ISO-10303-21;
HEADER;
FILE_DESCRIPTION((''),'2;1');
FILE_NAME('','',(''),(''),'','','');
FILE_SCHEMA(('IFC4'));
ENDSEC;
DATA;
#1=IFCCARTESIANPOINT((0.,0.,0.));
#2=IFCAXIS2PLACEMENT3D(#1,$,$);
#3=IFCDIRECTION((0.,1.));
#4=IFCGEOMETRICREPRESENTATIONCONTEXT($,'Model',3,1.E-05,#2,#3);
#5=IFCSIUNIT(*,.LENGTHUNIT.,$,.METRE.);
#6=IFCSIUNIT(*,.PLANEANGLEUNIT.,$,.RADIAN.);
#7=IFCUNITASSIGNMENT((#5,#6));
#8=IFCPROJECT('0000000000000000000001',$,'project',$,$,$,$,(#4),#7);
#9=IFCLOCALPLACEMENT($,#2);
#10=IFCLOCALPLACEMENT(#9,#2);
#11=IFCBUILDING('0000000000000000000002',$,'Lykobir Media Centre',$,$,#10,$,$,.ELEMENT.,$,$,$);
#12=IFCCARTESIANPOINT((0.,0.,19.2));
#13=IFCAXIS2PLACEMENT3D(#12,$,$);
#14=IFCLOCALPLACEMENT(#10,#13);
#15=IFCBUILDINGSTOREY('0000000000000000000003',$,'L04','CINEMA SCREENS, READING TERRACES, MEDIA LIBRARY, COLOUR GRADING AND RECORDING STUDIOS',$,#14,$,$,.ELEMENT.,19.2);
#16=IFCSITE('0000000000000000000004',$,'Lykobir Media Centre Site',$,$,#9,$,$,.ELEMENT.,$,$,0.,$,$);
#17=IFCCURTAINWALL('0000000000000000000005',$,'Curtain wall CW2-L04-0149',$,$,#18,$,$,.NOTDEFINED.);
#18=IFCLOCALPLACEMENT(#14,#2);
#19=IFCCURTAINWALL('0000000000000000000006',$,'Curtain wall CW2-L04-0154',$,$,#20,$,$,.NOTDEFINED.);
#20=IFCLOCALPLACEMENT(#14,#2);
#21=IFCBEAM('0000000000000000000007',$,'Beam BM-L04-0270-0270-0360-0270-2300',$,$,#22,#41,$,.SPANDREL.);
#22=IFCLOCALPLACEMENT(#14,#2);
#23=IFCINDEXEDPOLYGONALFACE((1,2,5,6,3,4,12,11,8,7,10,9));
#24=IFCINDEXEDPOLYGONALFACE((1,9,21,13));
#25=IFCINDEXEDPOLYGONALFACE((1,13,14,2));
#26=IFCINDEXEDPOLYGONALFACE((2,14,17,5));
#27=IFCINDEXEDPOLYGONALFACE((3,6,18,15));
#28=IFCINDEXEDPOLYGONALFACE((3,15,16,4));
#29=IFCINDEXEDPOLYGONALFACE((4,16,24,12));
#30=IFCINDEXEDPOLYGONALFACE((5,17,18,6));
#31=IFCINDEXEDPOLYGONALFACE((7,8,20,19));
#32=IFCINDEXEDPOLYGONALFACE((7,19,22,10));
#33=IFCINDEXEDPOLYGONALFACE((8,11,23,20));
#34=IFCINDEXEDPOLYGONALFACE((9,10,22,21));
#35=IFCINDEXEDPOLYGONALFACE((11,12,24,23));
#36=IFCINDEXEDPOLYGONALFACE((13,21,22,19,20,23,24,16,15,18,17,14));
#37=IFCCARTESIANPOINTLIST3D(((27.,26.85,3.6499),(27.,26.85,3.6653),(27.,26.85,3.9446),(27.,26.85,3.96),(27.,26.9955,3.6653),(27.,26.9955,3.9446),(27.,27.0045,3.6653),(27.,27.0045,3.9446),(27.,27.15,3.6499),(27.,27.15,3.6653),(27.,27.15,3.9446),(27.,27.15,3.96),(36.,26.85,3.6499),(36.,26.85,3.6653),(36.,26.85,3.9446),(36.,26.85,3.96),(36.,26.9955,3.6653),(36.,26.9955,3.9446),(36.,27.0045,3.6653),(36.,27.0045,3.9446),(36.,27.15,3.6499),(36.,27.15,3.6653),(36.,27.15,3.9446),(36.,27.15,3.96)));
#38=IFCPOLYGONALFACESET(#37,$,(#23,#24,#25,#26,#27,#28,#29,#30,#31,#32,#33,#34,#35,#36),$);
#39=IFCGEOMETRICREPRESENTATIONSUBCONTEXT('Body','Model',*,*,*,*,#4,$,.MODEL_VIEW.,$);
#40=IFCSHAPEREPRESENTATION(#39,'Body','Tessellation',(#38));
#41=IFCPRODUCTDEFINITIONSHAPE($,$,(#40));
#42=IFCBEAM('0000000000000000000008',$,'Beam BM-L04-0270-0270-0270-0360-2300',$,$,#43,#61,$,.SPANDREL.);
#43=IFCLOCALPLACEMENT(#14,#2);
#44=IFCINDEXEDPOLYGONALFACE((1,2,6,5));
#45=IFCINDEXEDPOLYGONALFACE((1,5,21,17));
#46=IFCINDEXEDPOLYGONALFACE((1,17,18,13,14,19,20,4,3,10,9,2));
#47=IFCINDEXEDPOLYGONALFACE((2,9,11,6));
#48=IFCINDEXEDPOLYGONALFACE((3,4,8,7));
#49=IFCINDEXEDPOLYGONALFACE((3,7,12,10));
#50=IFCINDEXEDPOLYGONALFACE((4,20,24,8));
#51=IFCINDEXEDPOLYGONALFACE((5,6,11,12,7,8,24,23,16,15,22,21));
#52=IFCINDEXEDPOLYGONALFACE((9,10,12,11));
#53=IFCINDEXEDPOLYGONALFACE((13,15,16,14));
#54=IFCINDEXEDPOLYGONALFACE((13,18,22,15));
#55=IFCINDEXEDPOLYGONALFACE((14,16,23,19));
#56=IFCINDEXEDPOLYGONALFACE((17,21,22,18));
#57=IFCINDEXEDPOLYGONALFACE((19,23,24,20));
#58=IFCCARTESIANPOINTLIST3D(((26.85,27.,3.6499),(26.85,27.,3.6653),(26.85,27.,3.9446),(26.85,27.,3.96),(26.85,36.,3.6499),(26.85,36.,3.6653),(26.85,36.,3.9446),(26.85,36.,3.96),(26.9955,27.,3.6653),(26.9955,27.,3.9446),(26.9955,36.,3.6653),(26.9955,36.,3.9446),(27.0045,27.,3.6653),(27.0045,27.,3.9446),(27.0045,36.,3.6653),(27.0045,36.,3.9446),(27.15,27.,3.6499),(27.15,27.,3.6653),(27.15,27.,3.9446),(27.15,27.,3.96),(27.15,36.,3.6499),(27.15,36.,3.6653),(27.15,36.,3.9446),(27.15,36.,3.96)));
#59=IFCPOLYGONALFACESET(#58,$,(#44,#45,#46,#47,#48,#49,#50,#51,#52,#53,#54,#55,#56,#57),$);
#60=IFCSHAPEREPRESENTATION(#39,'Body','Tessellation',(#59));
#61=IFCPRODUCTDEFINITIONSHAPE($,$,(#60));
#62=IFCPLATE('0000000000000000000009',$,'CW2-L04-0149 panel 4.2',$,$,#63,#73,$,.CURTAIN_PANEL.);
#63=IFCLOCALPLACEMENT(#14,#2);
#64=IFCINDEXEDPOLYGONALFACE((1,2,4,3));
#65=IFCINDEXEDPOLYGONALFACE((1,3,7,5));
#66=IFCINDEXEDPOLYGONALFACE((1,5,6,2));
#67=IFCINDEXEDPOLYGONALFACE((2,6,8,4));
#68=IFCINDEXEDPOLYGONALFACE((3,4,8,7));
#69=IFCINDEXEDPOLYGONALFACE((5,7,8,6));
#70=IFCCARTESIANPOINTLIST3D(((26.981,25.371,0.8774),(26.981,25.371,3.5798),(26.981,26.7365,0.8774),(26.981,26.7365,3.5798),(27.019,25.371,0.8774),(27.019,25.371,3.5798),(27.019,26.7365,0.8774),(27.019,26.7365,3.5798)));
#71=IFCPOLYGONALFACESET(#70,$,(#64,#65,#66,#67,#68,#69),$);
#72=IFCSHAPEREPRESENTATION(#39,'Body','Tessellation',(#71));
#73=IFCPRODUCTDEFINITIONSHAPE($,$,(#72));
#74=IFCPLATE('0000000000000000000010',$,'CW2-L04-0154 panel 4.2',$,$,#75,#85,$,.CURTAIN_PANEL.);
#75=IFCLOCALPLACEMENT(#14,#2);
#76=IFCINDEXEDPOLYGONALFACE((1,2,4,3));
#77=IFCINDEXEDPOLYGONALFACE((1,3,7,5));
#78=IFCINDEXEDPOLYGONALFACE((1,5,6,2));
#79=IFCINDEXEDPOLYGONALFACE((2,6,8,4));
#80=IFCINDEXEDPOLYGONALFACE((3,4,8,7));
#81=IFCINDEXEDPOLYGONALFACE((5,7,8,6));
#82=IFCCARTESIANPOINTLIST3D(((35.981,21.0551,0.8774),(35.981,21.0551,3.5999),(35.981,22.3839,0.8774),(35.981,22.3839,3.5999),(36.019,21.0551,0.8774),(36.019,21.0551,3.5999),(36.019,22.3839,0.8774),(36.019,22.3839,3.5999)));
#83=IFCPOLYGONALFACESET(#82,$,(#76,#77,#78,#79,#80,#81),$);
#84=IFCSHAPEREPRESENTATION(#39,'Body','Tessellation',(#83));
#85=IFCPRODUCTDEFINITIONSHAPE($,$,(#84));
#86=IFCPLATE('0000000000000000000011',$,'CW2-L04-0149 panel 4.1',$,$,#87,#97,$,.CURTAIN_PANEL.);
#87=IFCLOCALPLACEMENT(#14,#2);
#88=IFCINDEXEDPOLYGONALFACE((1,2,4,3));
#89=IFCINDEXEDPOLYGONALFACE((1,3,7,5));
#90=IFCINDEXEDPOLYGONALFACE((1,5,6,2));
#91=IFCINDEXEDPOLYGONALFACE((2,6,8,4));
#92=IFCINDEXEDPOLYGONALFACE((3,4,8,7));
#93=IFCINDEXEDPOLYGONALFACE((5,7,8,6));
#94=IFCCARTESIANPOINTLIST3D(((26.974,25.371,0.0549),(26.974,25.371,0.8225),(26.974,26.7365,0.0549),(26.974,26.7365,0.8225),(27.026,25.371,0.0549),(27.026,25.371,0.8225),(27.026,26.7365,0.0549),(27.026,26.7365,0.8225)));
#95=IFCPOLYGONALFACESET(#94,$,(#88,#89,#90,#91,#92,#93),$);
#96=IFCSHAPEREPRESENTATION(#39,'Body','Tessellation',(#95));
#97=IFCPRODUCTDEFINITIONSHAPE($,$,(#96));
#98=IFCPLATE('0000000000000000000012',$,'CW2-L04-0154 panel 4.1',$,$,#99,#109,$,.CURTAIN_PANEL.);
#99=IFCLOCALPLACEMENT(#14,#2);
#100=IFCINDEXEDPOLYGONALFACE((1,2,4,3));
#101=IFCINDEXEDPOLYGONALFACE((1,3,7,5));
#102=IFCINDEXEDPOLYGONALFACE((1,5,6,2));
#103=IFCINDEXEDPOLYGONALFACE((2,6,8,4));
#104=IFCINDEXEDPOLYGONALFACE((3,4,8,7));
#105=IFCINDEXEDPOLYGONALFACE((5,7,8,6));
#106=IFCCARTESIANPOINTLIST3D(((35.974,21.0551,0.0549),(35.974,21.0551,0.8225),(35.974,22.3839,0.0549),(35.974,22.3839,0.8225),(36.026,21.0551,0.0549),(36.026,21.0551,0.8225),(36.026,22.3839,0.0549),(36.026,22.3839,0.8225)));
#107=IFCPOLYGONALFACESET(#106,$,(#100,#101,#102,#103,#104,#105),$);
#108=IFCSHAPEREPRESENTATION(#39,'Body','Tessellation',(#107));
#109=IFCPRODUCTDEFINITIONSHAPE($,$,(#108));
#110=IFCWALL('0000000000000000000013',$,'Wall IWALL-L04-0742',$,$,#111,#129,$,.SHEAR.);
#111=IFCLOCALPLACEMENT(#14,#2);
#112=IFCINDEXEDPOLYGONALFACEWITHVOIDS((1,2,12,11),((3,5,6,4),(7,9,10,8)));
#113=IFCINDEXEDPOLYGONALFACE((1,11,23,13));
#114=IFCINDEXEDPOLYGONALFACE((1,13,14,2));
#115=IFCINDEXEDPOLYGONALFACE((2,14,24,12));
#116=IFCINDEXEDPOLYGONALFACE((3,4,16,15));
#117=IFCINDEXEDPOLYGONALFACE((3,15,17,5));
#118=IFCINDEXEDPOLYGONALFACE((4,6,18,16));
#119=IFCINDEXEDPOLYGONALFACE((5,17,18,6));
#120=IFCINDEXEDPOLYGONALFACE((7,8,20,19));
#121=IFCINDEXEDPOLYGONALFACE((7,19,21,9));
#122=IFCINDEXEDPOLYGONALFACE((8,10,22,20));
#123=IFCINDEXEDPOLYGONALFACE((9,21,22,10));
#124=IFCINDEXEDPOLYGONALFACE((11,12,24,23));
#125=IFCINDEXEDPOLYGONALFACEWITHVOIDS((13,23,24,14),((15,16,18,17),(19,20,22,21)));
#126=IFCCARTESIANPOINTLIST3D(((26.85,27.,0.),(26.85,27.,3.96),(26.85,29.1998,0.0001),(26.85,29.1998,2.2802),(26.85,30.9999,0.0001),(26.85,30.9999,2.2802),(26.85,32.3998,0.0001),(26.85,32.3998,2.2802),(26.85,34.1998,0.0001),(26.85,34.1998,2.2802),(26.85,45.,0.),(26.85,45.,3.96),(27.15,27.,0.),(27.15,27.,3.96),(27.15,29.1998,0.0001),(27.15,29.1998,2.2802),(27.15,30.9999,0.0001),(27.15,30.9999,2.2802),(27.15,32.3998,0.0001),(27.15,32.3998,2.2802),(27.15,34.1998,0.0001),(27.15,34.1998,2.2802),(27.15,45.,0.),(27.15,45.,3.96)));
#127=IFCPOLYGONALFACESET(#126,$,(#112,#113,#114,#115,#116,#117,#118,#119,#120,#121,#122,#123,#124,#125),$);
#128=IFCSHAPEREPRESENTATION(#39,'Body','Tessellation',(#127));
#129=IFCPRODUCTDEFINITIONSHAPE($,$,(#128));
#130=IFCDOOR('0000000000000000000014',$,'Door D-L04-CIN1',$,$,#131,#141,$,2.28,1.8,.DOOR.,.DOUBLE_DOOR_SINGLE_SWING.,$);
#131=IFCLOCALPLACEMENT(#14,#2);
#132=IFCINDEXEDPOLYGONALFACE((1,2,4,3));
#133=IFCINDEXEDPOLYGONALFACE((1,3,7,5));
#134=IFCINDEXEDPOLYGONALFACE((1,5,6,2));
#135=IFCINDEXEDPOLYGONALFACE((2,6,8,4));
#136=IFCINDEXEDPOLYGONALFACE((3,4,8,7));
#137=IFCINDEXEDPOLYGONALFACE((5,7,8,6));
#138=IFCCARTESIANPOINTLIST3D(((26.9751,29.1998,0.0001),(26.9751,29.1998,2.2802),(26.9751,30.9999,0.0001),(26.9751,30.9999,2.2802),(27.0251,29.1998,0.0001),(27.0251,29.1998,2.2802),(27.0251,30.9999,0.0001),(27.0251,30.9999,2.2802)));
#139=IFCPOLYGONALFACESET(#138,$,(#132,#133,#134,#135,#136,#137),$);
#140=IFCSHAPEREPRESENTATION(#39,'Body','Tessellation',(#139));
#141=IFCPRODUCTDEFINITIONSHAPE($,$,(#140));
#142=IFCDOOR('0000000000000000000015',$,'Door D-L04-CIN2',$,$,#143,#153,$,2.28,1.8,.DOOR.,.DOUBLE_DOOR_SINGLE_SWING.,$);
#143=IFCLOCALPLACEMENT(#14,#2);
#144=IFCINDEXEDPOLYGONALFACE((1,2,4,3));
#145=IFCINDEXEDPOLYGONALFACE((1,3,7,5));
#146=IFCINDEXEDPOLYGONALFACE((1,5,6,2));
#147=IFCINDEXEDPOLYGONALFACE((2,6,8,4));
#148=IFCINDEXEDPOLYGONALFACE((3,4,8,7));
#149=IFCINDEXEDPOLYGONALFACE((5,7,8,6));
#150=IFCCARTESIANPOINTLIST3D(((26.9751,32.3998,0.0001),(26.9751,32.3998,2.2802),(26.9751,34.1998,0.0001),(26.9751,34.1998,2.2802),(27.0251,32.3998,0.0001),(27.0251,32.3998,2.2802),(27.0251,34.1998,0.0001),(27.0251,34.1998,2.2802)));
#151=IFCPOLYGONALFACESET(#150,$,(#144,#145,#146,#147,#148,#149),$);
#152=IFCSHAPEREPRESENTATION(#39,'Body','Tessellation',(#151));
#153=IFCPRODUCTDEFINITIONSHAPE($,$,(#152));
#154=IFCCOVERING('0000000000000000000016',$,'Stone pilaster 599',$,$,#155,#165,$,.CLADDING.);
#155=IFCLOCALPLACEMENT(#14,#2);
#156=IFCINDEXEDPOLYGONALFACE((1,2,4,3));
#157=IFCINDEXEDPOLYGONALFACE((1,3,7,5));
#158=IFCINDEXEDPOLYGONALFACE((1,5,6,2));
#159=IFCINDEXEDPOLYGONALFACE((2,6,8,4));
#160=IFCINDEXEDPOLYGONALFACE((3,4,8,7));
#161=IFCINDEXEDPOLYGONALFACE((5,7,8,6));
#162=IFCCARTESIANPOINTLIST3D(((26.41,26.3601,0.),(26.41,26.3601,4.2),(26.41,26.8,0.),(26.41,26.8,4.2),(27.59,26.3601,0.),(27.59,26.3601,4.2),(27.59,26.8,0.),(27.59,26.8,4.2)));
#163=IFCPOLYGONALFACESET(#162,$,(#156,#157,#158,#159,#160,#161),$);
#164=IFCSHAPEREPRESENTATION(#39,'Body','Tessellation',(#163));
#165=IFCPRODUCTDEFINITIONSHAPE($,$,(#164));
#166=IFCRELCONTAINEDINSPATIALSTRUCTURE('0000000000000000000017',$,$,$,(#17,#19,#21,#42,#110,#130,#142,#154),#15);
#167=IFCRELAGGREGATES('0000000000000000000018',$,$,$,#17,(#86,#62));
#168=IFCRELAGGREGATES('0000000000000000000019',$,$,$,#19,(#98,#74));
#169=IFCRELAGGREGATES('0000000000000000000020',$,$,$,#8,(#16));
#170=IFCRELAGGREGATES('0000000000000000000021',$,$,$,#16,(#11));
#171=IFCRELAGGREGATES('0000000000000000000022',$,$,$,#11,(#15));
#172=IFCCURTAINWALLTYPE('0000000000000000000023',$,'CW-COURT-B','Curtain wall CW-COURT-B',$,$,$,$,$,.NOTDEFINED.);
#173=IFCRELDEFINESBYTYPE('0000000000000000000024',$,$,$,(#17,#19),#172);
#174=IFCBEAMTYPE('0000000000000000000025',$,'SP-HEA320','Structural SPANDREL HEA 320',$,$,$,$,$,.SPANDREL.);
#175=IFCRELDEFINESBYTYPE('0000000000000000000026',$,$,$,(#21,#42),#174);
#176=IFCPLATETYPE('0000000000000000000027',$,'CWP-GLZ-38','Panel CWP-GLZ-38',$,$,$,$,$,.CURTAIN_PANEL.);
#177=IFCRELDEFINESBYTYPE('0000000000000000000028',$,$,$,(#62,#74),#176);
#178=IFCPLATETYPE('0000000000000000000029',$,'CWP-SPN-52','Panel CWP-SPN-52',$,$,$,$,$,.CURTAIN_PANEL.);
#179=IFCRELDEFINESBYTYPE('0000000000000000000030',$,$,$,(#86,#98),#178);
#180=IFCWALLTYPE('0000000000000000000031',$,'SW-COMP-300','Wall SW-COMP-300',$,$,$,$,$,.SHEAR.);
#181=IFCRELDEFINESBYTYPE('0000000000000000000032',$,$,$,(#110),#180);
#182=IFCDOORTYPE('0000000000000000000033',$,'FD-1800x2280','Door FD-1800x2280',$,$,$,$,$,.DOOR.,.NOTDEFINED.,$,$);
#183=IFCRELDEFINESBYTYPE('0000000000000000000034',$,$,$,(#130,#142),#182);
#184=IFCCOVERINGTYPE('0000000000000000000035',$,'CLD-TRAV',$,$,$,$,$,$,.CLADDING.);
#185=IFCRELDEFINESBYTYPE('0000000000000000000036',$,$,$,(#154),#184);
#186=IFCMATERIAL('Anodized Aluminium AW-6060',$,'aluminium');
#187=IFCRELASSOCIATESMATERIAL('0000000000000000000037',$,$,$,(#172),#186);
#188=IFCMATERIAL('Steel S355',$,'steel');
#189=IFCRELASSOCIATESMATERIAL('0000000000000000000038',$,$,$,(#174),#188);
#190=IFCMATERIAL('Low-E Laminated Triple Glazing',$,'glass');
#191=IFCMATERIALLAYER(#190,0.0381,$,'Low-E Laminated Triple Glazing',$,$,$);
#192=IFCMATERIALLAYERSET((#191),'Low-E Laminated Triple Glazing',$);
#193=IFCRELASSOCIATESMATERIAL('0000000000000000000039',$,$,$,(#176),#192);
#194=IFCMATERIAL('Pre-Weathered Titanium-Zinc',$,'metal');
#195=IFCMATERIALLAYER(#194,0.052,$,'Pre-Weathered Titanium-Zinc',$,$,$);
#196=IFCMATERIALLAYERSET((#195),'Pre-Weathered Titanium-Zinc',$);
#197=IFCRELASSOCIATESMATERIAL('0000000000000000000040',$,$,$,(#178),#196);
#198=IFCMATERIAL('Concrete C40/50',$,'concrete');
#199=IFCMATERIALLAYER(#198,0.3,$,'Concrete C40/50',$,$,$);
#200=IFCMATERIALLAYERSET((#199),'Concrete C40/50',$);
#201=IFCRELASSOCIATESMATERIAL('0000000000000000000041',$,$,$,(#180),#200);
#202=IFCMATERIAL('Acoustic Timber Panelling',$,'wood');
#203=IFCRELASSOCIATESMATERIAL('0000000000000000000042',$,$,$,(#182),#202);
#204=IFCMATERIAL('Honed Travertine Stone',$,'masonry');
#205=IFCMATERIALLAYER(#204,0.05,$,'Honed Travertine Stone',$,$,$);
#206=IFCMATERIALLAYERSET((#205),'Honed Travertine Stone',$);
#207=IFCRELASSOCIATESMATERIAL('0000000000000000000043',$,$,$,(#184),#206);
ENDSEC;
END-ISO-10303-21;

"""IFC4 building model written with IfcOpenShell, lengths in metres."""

from ifc_helpers import new_model, si_unit, direction, frame, frame_2d, origin, origin_2d, place, context, subcontext, project, spatial, rectangle, i_section, extrude, material, layer, layer_set, material_profile, profile_set, type_object, element, fill, aggregate, save


model = new_model("IFC4")

# Units and contexts
model_context = context("Model", 3, precision=1e-05, world=origin(), true_north=direction((0.0, 1.0)))
body_context = subcontext(model_context, "Body", "Model", "MODEL_VIEW")
ifc_project = project(units=[si_unit("LENGTHUNIT", "METRE"), si_unit("PLANEANGLEUNIT", "RADIAN")], contexts=[model_context])

# Site, building, storey
site_placement = place(None, origin())
site = spatial("IfcSite", under=ifc_project, at=site_placement, Name="Lykobir Media Centre Site", CompositionType="ELEMENT", RefElevation=0.0)
building_placement = place(site_placement, origin())
building = spatial("IfcBuilding", under=site, at=building_placement, Name="Lykobir Media Centre", CompositionType="ELEMENT")
storey_placement = place(building_placement, frame((0.0, 0.0, 19.2)))
storey = spatial("IfcBuildingStorey", under=building, at=storey_placement, Name="L04", Description="CINEMA SCREENS, READING TERRACES, MEDIA LIBRARY, COLOUR GRADING AND RECORDING STUDIOS", CompositionType="ELEMENT", Elevation=19.2)

# Shared definitions
ifc_material_1 = material(Name="Steel S355", Category="steel")

# Curtain walls
ifc_material_2 = material(Name="Anodized Aluminium AW-6060", Category="aluminium")
curtain_wall_type = type_object("IfcCurtainWallType", Name="CW-COURT-B", Description="Curtain wall CW-COURT-B", PredefinedType="NOTDEFINED", material=ifc_material_2)
curtain_wall_1_placement = place(storey_placement, origin())
curtain_wall_1 = element("IfcCurtainWall", 1, at=curtain_wall_1_placement, inside=storey, type_object=curtain_wall_type, Name="Curtain wall CW2-L04-0149", PredefinedType="NOTDEFINED")
curtain_wall_2_placement = place(storey_placement, origin())
curtain_wall_2 = element("IfcCurtainWall", 2, at=curtain_wall_2_placement, inside=storey, type_object=curtain_wall_type, Name="Curtain wall CW2-L04-0154", PredefinedType="NOTDEFINED")

# Beams
ifc_material_profile_1 = material_profile(ifc_material_1, i_section(OverallWidth=0.3, OverallDepth=0.3101, WebThickness=0.009, FlangeThickness=0.0154, at=origin_2d()), Name="HEA 320")
ifc_profile_set_1 = profile_set([ifc_material_profile_1], Name="Steel S355")
beam_type_1 = type_object("IfcBeamType", Name="SP-HEA320", Description="Structural SPANDREL HEA 320", PredefinedType="SPANDREL", material=ifc_profile_set_1)
for number, where, z_axis, x_axis, name in (
    (3, (27.0, 27.0, 3.8049), (1.0, 0.0, 0.0), (0.0, 1.0, 0.0), "Beam BM-L04-0270-0270-0360-0270-2300"),
    (4, (27.0, 27.0, 3.8049), (0.0, 1.0, 0.0), (-1.0, 0.0, 0.0), "Beam BM-L04-0270-0270-0270-0360-2300"),
):
    element("IfcBeam", number, at=place(storey_placement, frame(where, z_axis=z_axis, x_axis=x_axis)), inside=storey, type_object=beam_type_1, Name=name, PredefinedType="SPANDREL", context=body_context, shape_type="SweptSolid", body=[
        extrude(i_section(OverallWidth=0.3, OverallDepth=0.3101, WebThickness=0.009, FlangeThickness=0.0154, at=origin_2d()), origin(), (0.0, 0.0, 1.0), 9.0),
    ])

# Plates
ifc_material_3 = material(Name="Low-E Laminated Triple Glazing", Category="glass")
ifc_layer_1 = layer(ifc_material_3, 0.0381, Name="Low-E Laminated Triple Glazing")
ifc_layer_set_1 = layer_set([ifc_layer_1], Name="Low-E Laminated Triple Glazing")
plate_type_1 = type_object("IfcPlateType", Name="CWP-GLZ-38", Description="Panel CWP-GLZ-38", PredefinedType="CURTAIN_PANEL", material=ifc_layer_set_1)
plate_1_placement = place(storey_placement, frame((27.0, 26.0537, 0.8774), z_axis=(0.0, 0.0, 1.0), x_axis=(0.0, 1.0, 0.0)))
plate_1 = element("IfcPlate", 5, at=plate_1_placement, type_object=plate_type_1, Name="CW2-L04-0149 panel 4.2", PredefinedType="CURTAIN_PANEL", context=body_context, shape_type="SweptSolid", body=[
    extrude(rectangle(XDim=1.3655, YDim=0.0381, at=origin_2d()), origin(), (0.0, 0.0, 1.0), 2.7024),
])
plate_2_placement = place(storey_placement, frame((36.0, 21.7195, 0.8774), z_axis=(0.0, 0.0, 1.0), x_axis=(0.0, -1.0, 0.0)))
plate_2 = element("IfcPlate", 6, at=plate_2_placement, type_object=plate_type_1, Name="CW2-L04-0154 panel 4.2", PredefinedType="CURTAIN_PANEL", context=body_context, shape_type="SweptSolid", body=[
    extrude(rectangle(XDim=1.3289, YDim=0.0381, at=origin_2d()), origin(), (0.0, 0.0, 1.0), 2.7224),
])
ifc_material_4 = material(Name="Pre-Weathered Titanium-Zinc", Category="metal")
ifc_layer_2 = layer(ifc_material_4, 0.052, Name="Pre-Weathered Titanium-Zinc")
ifc_layer_set_2 = layer_set([ifc_layer_2], Name="Pre-Weathered Titanium-Zinc")
plate_type_2 = type_object("IfcPlateType", Name="CWP-SPN-52", Description="Panel CWP-SPN-52", PredefinedType="CURTAIN_PANEL", material=ifc_layer_set_2)
plate_3_placement = place(storey_placement, frame((27.0, 26.0537, 0.0549), z_axis=(0.0, 0.0, 1.0), x_axis=(0.0, 1.0, 0.0)))
plate_3 = element("IfcPlate", 7, at=plate_3_placement, type_object=plate_type_2, Name="CW2-L04-0149 panel 4.1", PredefinedType="CURTAIN_PANEL", context=body_context, shape_type="SweptSolid", body=[
    extrude(rectangle(XDim=1.3655, YDim=0.052, at=origin_2d()), origin(), (0.0, 0.0, 1.0), 0.7676),
])
aggregate(curtain_wall_1, [plate_3, plate_1])
plate_4_placement = place(storey_placement, frame((36.0, 21.7195, 0.0549), z_axis=(0.0, 0.0, 1.0), x_axis=(0.0, -1.0, 0.0)))
plate_4 = element("IfcPlate", 8, at=plate_4_placement, type_object=plate_type_2, Name="CW2-L04-0154 panel 4.1", PredefinedType="CURTAIN_PANEL", context=body_context, shape_type="SweptSolid", body=[
    extrude(rectangle(XDim=1.3289, YDim=0.052, at=origin_2d()), origin(), (0.0, 0.0, 1.0), 0.7676),
])
aggregate(curtain_wall_2, [plate_4, plate_2])

# Wall, openings, doors
ifc_material_5 = material(Name="Concrete C40/50", Category="concrete")
ifc_layer_3 = layer(ifc_material_5, 0.3, Name="Concrete C40/50")
ifc_layer_set_3 = layer_set([ifc_layer_3], Name="Concrete C40/50")
wall_type = type_object("IfcWallType", Name="SW-COMP-300", Description="Wall SW-COMP-300", PredefinedType="SHEAR", material=ifc_layer_set_3)
wall_placement = place(storey_placement, frame((27.0, 27.0, 0.0), z_axis=(0.0, 0.0, 1.0), x_axis=(0.0, 1.0, 0.0)))
wall = element("IfcWall", 9, at=wall_placement, inside=storey, type_object=wall_type, Name="Wall IWALL-L04-0742", PredefinedType="SHEAR", context=body_context, shape_type="SweptSolid", body=[
    extrude(rectangle(XDim=18.0, YDim=0.3, at=frame_2d((9.0, 0.0))), origin(), (0.0, 0.0, 1.0), 3.96),
])
opening_1_placement = place(wall_placement, frame((2.2, 0.0, 0.0)))
opening_1 = element("IfcOpeningElement", 10, at=opening_1_placement, cuts=wall, PredefinedType="OPENING", context=body_context, shape_type="SweptSolid", body=[
    extrude(rectangle(XDim=1.8, YDim=2.28, at=frame_2d((0.8999, 1.1401))), frame((0.0, 0.1599, 0.0), z_axis=(0.0, -1.0, 0.0), x_axis=(1.0, 0.0, 0.0)), (0.0, 0.0, 1.0), 0.3201),
])
opening_2_placement = place(wall_placement, frame((5.3999, 0.0, 0.0)))
opening_2 = element("IfcOpeningElement", 11, at=opening_2_placement, cuts=wall, PredefinedType="OPENING", context=body_context, shape_type="SweptSolid", body=[
    extrude(rectangle(XDim=1.8, YDim=2.28, at=frame_2d((0.8999, 1.1401))), frame((0.0, 0.1599, 0.0), z_axis=(0.0, -1.0, 0.0), x_axis=(1.0, 0.0, 0.0)), (0.0, 0.0, 1.0), 0.3201),
])
ifc_material_6 = material(Name="Acoustic Timber Panelling", Category="wood")
door_type = type_object("IfcDoorType", Name="FD-1800x2280", Description="Door FD-1800x2280", OperationType="NOTDEFINED", PredefinedType="DOOR", material=ifc_material_6)
door_1_placement = place(opening_1_placement, origin())
door_1 = element("IfcDoor", 12, at=door_1_placement, inside=storey, type_object=door_type, Name="Door D-L04-CIN1", OperationType="DOUBLE_DOOR_SINGLE_SWING", OverallHeight=2.28, OverallWidth=1.8, PredefinedType="DOOR", context=body_context, shape_type="SweptSolid", body=[
    extrude(rectangle(XDim=1.8, YDim=2.28, at=frame_2d((0.8999, 1.1401))), frame((0.0, 0.0249, 0.0), z_axis=(0.0, -1.0, 0.0), x_axis=(1.0, 0.0, 0.0)), (0.0, 0.0, 1.0), 0.05),
])
fill(opening_1, door_1)
door_2_placement = place(opening_2_placement, origin())
door_2 = element("IfcDoor", 13, at=door_2_placement, inside=storey, type_object=door_type, Name="Door D-L04-CIN2", OperationType="DOUBLE_DOOR_SINGLE_SWING", OverallHeight=2.28, OverallWidth=1.8, PredefinedType="DOOR", context=body_context, shape_type="SweptSolid", body=[
    extrude(rectangle(XDim=1.8, YDim=2.28, at=frame_2d((0.8999, 1.1401))), frame((0.0, 0.0249, 0.0), z_axis=(0.0, -1.0, 0.0), x_axis=(1.0, 0.0, 0.0)), (0.0, 0.0, 1.0), 0.05),
])
fill(opening_2, door_2)

# Covering
ifc_material_7 = material(Name="Honed Travertine Stone", Category="masonry")
ifc_layer_4 = layer(ifc_material_7, 0.05, Name="Honed Travertine Stone")
ifc_layer_set_4 = layer_set([ifc_layer_4], Name="Honed Travertine Stone")
covering_type = type_object("IfcCoveringType", Name="CLD-TRAV", PredefinedType="CLADDING", material=ifc_layer_set_4)
covering_placement = place(storey_placement, frame((27.0, 26.5801, 0.0), z_axis=(0.0, 0.0, 1.0), x_axis=(1.0, 0.0, 0.0)))
element("IfcCovering", 14, at=covering_placement, inside=storey, type_object=covering_type, Name="Stone pilaster 599", PredefinedType="CLADDING", context=body_context, shape_type="SweptSolid", body=[
    extrude(rectangle(XDim=1.1799, YDim=0.4399, at=origin_2d()), origin(), (0.0, 0.0, 1.0), 4.2),
])

save(model, "model.ifc")
